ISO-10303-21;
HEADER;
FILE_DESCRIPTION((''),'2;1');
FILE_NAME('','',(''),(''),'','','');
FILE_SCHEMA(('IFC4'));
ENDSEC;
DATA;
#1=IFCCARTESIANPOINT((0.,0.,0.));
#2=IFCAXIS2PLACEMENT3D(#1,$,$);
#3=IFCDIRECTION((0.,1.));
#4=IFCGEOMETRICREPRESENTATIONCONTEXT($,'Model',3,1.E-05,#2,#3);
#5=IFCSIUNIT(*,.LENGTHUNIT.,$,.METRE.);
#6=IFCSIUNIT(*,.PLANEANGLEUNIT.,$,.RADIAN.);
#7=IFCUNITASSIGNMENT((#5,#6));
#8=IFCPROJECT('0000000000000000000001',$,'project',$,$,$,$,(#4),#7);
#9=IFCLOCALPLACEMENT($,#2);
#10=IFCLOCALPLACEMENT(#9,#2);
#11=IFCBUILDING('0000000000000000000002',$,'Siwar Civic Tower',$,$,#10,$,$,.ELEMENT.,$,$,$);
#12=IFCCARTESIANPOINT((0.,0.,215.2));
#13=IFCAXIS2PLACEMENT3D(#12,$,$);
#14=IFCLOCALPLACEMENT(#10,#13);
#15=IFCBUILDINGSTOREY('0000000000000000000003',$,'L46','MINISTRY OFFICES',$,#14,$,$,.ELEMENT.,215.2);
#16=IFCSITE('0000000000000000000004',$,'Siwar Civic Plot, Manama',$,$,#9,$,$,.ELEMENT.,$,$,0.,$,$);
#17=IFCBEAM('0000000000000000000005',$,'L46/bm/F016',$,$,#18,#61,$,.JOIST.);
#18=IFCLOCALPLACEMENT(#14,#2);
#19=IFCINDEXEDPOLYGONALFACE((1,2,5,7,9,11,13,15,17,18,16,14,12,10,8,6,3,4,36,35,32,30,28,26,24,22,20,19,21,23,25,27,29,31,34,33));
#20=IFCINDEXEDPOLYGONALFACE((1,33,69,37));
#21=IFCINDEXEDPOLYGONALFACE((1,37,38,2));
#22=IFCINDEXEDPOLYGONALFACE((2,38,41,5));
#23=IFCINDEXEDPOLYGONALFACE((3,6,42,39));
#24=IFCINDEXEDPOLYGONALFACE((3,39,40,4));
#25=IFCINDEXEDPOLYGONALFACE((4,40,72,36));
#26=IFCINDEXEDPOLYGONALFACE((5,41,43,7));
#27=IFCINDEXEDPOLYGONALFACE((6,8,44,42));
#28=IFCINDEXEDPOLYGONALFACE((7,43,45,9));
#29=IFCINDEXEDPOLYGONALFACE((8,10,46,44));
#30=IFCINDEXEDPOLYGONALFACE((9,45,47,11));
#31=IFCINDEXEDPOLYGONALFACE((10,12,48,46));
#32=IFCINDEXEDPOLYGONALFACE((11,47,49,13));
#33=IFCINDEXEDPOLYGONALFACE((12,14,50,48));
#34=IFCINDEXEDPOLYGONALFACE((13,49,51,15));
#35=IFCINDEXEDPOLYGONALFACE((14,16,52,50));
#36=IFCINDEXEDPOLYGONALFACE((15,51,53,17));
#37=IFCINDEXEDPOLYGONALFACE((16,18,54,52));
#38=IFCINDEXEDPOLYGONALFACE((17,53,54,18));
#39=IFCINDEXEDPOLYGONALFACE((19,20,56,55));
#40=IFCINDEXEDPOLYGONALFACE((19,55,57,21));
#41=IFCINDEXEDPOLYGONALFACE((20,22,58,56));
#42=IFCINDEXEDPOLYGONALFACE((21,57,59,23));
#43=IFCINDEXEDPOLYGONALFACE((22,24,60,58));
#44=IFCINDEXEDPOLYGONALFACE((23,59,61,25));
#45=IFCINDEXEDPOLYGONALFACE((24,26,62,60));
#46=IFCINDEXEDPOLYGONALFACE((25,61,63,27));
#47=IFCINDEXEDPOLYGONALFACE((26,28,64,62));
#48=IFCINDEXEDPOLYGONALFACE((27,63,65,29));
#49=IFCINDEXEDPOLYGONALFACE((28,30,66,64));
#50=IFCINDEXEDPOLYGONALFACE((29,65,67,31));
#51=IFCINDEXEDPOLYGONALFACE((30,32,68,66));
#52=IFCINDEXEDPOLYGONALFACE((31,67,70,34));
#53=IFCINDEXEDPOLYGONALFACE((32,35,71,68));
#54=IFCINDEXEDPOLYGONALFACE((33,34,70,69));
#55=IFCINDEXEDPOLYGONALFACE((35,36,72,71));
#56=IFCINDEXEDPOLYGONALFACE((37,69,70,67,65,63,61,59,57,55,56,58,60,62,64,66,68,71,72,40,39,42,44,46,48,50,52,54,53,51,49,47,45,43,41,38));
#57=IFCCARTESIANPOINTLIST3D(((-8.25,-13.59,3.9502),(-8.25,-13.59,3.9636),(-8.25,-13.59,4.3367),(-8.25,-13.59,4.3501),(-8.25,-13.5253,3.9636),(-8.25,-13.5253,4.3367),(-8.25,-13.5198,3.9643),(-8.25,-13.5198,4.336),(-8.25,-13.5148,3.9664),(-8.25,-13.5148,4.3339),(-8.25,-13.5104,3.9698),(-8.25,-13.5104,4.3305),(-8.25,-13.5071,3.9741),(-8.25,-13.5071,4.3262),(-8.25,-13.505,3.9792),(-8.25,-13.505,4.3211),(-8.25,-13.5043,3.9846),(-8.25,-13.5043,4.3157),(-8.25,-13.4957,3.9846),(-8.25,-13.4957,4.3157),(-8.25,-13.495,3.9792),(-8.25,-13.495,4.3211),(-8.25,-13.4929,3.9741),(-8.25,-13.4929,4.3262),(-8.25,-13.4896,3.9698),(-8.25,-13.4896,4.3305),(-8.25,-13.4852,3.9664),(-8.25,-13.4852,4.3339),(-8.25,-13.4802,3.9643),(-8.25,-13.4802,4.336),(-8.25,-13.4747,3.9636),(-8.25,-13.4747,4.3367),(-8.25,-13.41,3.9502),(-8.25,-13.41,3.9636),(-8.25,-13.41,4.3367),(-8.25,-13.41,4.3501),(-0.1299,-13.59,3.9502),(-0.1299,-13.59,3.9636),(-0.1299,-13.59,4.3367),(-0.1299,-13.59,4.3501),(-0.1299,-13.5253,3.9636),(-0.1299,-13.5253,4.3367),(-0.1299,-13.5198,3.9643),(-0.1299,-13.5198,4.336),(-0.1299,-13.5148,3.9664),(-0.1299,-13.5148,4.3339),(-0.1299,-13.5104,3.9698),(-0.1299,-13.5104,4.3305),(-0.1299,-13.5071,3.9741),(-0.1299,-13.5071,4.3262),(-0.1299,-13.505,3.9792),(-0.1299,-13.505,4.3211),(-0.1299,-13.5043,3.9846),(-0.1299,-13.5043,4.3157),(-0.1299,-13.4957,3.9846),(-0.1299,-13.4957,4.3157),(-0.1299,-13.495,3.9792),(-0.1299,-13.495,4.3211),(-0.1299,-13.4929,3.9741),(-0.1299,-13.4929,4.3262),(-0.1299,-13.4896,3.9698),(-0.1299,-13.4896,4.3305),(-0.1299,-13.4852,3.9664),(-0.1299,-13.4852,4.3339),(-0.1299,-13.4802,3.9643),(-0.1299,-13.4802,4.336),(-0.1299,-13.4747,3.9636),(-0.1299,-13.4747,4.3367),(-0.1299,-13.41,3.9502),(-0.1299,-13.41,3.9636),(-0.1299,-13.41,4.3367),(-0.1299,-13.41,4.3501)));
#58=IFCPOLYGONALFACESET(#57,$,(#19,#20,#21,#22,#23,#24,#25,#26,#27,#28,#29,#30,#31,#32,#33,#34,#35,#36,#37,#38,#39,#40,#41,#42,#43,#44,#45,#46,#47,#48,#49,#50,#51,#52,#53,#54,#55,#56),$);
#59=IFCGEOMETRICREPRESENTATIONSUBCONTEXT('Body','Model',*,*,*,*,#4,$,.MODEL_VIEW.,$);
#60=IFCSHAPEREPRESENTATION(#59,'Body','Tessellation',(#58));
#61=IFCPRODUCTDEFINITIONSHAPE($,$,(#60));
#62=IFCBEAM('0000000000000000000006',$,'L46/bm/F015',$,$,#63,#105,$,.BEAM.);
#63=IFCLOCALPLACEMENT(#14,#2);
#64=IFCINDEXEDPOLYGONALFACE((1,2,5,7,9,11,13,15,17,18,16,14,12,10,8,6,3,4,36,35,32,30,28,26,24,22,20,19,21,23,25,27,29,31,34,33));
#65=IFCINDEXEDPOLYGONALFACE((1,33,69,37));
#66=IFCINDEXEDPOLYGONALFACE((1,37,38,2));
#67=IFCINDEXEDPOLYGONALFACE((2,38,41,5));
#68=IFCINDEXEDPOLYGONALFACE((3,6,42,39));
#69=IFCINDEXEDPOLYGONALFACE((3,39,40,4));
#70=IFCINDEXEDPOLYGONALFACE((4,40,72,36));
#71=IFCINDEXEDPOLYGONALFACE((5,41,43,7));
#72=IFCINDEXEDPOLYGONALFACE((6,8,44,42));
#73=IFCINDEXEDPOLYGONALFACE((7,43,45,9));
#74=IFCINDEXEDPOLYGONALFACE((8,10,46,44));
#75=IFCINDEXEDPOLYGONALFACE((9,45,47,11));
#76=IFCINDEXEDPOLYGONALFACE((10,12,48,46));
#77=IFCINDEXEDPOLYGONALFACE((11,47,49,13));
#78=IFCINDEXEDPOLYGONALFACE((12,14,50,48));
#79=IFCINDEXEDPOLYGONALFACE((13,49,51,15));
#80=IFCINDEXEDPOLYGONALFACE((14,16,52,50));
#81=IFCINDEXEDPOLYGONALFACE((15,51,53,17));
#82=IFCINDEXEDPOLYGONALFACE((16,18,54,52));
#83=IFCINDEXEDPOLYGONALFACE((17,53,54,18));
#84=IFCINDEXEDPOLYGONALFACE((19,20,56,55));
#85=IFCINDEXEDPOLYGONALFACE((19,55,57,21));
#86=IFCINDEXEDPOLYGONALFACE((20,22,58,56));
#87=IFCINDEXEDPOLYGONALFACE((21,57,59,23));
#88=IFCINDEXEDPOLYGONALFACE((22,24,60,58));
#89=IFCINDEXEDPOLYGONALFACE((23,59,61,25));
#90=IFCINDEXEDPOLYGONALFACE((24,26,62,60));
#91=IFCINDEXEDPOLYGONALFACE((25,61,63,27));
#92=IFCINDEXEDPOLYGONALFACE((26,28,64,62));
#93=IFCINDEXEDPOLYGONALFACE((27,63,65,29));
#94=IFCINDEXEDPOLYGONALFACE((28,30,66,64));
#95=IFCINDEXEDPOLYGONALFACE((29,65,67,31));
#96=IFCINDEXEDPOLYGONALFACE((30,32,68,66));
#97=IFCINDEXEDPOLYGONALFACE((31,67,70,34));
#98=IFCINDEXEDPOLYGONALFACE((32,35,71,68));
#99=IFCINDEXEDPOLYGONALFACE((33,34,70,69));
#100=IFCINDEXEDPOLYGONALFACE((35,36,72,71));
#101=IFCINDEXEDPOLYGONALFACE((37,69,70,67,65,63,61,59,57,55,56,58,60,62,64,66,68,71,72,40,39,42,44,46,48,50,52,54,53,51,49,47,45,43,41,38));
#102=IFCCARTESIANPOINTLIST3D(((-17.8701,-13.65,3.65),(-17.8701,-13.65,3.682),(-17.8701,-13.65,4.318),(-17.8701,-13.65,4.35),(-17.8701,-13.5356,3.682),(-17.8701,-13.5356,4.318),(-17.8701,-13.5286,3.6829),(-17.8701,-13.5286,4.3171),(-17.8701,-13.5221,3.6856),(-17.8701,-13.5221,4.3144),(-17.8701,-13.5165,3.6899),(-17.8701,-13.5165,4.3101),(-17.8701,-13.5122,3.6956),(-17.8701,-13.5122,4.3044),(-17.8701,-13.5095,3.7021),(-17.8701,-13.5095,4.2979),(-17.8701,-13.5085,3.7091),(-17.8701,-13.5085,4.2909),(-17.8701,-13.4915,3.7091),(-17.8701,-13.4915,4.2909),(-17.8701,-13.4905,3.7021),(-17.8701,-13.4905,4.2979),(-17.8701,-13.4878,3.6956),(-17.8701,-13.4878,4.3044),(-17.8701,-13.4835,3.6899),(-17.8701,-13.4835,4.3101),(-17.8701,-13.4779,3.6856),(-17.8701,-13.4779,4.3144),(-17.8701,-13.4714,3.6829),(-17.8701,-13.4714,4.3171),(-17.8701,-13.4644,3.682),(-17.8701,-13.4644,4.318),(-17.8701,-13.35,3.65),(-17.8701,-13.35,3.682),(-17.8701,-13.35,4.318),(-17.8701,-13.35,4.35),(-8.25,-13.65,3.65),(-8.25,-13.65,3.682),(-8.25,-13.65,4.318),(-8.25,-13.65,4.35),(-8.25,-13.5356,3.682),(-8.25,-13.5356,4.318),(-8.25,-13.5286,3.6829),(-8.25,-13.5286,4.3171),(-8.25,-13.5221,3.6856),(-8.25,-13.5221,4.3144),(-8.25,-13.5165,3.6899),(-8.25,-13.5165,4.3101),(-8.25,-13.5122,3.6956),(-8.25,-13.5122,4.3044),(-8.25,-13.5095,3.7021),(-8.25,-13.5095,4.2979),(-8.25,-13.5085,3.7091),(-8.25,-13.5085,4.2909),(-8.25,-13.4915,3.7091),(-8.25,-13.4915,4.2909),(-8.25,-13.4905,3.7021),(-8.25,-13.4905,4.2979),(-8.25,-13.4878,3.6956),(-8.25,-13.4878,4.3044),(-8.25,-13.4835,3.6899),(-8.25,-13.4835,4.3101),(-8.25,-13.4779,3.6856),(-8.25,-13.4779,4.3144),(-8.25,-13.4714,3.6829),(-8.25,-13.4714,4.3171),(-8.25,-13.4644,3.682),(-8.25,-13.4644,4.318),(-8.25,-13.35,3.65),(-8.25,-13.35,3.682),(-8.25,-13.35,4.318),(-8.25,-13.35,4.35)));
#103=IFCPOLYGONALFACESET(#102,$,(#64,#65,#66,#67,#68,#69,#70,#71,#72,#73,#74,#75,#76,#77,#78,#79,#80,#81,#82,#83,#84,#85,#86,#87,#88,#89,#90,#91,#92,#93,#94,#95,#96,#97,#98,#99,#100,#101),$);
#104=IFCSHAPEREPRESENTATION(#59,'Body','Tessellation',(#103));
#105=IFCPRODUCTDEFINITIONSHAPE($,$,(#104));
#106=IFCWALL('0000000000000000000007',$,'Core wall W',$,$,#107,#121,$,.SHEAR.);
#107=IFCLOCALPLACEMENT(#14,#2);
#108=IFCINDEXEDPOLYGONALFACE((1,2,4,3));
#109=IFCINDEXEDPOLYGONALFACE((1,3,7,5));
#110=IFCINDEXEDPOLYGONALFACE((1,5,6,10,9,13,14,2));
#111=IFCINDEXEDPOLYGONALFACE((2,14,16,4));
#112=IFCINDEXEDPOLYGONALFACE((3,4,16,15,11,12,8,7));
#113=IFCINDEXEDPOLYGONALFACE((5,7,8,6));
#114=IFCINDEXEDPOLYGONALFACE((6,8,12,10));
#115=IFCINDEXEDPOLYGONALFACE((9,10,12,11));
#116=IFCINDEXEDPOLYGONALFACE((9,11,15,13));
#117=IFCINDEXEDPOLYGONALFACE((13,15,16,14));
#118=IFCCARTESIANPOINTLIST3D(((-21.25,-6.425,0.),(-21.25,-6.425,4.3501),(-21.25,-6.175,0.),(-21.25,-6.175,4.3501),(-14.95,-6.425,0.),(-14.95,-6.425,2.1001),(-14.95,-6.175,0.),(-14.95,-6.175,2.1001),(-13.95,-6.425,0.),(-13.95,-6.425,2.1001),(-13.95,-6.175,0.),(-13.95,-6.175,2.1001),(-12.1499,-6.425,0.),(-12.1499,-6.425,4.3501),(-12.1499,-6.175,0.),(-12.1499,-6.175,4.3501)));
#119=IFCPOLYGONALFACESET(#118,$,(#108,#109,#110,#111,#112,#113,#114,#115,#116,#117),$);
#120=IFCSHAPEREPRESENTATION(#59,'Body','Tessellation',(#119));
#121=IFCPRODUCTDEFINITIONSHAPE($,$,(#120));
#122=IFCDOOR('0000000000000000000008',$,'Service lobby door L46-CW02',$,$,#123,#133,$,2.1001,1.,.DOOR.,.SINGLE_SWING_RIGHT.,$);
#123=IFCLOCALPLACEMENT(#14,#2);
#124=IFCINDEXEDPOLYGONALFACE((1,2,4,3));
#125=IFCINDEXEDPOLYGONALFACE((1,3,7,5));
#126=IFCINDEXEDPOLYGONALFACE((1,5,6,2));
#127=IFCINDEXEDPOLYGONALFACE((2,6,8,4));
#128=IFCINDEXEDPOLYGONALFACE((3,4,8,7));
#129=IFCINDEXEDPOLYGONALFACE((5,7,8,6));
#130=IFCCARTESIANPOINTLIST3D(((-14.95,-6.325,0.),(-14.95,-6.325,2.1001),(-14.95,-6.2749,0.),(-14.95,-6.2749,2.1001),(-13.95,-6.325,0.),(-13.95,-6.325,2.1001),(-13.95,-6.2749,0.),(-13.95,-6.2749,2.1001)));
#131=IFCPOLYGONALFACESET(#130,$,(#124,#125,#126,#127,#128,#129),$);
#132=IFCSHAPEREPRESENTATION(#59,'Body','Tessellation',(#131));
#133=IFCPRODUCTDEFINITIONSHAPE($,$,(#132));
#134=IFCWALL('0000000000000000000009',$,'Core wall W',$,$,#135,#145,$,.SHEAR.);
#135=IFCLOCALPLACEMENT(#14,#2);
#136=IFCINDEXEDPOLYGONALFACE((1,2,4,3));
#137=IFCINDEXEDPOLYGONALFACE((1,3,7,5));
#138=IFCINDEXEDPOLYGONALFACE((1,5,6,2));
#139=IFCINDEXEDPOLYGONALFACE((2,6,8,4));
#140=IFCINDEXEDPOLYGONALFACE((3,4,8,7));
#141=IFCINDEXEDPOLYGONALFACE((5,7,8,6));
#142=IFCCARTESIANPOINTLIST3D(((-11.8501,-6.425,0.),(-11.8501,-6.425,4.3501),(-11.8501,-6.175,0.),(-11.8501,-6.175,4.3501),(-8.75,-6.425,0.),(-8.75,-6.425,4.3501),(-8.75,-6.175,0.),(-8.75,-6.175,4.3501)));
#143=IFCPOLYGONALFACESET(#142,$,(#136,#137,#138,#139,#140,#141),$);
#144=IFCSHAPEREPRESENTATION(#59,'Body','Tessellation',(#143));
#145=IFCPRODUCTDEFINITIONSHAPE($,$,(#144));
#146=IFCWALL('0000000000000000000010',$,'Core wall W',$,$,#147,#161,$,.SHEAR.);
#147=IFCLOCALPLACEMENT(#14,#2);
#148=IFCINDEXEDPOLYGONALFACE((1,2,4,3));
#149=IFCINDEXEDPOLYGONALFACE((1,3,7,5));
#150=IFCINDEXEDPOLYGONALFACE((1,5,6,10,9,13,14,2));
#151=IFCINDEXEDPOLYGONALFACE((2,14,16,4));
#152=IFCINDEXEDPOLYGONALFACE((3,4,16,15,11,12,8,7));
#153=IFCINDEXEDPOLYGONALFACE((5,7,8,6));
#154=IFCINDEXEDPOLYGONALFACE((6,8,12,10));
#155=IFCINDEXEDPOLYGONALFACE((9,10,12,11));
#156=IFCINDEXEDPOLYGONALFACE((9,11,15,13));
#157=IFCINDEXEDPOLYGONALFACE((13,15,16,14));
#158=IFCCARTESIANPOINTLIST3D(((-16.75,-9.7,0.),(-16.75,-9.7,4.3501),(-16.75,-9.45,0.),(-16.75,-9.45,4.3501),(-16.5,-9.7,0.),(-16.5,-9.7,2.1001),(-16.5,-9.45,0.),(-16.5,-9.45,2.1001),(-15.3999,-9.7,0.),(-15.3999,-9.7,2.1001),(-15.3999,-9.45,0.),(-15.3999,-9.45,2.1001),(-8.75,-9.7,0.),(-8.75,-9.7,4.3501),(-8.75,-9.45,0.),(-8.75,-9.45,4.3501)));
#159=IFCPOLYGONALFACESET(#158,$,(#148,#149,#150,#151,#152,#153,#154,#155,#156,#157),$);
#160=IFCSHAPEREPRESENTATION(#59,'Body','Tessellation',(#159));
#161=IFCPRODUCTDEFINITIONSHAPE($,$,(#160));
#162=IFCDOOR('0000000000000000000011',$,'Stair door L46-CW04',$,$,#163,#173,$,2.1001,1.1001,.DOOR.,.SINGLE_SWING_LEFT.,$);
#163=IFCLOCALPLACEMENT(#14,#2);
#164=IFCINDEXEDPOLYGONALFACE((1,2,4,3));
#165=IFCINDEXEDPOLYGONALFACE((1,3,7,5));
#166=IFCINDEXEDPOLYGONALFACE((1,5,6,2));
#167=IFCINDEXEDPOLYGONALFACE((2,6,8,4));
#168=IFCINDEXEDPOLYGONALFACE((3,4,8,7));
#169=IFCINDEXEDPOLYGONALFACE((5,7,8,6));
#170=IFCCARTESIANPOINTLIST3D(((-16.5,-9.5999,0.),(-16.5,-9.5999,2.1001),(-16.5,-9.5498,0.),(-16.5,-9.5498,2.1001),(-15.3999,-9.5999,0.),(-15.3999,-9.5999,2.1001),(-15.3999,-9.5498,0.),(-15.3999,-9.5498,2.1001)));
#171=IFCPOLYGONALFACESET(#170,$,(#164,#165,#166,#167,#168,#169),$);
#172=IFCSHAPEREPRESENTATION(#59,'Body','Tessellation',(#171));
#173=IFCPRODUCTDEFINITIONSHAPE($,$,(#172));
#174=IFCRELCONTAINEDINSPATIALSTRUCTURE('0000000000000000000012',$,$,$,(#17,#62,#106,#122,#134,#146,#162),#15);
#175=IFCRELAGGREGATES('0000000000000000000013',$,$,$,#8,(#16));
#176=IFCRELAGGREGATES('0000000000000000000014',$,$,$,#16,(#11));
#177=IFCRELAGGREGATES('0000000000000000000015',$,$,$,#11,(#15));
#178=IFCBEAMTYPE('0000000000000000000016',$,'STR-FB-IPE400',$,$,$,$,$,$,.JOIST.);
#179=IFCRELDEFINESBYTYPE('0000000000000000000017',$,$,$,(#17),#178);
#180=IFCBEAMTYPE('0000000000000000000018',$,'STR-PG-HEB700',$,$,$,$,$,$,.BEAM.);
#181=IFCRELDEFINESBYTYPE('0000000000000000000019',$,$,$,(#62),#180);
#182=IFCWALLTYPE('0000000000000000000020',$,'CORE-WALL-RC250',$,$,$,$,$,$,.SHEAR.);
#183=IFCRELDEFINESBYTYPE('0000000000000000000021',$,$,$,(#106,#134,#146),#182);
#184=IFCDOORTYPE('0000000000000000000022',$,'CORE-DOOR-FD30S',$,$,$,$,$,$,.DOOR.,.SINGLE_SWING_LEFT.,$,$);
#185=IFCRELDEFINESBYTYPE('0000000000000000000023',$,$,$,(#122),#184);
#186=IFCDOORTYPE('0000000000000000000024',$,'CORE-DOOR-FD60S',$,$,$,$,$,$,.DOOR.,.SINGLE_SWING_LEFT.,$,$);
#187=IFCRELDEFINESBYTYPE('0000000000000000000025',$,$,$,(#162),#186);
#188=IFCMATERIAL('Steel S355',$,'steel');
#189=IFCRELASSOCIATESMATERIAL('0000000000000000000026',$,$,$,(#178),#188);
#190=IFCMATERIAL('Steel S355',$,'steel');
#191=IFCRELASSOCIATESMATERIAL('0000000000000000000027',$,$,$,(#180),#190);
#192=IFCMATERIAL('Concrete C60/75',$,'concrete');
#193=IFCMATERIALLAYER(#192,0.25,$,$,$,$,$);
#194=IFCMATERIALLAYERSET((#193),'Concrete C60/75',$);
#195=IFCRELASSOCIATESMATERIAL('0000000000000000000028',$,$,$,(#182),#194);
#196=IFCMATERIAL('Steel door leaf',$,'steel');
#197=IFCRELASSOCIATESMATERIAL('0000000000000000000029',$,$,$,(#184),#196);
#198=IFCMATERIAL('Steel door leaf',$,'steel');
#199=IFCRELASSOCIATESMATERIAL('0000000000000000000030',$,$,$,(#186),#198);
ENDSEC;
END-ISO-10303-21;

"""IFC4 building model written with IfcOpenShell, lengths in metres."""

from ifc_helpers import new_model, si_unit, direction, frame, frame_2d, origin, origin_2d, place, context, subcontext, project, spatial, rectangle, i_section, extrude, material, layer, layer_set, material_profile, profile_set, type_object, element, fill, save


model = new_model("IFC4")

# Units and contexts
model_context = context("Model", 3, precision=1e-05, world=origin(), true_north=direction((0.0, 1.0)))
body_context = subcontext(model_context, "Body", "Model", "MODEL_VIEW")
ifc_project = project(units=[si_unit("LENGTHUNIT", "METRE"), si_unit("PLANEANGLEUNIT", "RADIAN")], contexts=[model_context])

# Site, building, storey
site_placement = place(None, origin())
site = spatial("IfcSite", under=ifc_project, at=site_placement, Name="Siwar Civic Plot, Manama", CompositionType="ELEMENT", RefElevation=0.0)
building_placement = place(site_placement, origin())
building = spatial("IfcBuilding", under=site, at=building_placement, Name="Siwar Civic Tower", CompositionType="ELEMENT")
storey_placement = place(building_placement, frame((0.0, 0.0, 215.2)))
storey = spatial("IfcBuildingStorey", under=building, at=storey_placement, Name="L46", Description="MINISTRY OFFICES", CompositionType="ELEMENT", Elevation=215.2)

# Beams
ifc_material_1 = material(Name="Steel S355", Category="steel")
ifc_material_profile_1 = material_profile(ifc_material_1, i_section(OverallWidth=0.1799, OverallDepth=0.3999, WebThickness=0.0085, FlangeThickness=0.0134, FilletRadius=0.021, at=origin_2d()), Name="IPE400")
ifc_profile_set_1 = profile_set([ifc_material_profile_1], Name="Steel S355")
beam_type_1 = type_object("IfcBeamType", Name="STR-FB-IPE400", PredefinedType="JOIST", material=ifc_profile_set_1)
beam_1_placement = place(storey_placement, frame((-8.25, -13.5, 4.1501), z_axis=(1.0, 0.0, 0.0), x_axis=(0.0, 1.0, 0.0)))
element("IfcBeam", 1, at=beam_1_placement, inside=storey, type_object=beam_type_1, Name="L46/bm/F016", PredefinedType="JOIST", context=body_context, shape_type="SweptSolid", body=[
    extrude(i_section(OverallWidth=0.1799, OverallDepth=0.3999, WebThickness=0.0085, FlangeThickness=0.0134, FilletRadius=0.021, at=origin_2d()), origin(), (0.0, 0.0, 1.0), 8.1201),
])
ifc_material_2 = material(Name="Steel S355", Category="steel")
ifc_material_profile_2 = material_profile(ifc_material_2, i_section(OverallWidth=0.3, OverallDepth=0.7, WebThickness=0.0171, FlangeThickness=0.032, FilletRadius=0.0271, at=origin_2d()), Name="HEB700")
ifc_profile_set_2 = profile_set([ifc_material_profile_2], Name="Steel S355")
beam_type_2 = type_object("IfcBeamType", Name="STR-PG-HEB700", PredefinedType="BEAM", material=ifc_profile_set_2)
beam_2_placement = place(storey_placement, frame((-17.8701, -13.5, 4.0), z_axis=(1.0, 0.0, 0.0), x_axis=(0.0, 1.0, 0.0)))
element("IfcBeam", 2, at=beam_2_placement, inside=storey, type_object=beam_type_2, Name="L46/bm/F015", PredefinedType="BEAM", context=body_context, shape_type="SweptSolid", body=[
    extrude(i_section(OverallWidth=0.3, OverallDepth=0.7, WebThickness=0.0171, FlangeThickness=0.032, FilletRadius=0.0271, at=origin_2d()), origin(), (0.0, 0.0, 1.0), 9.6201),
])

# Wall, opening, door
ifc_material_3 = material(Name="Concrete C60/75", Category="concrete")
ifc_layer_1 = layer(ifc_material_3, 0.25)
ifc_layer_set_1 = layer_set([ifc_layer_1], Name="Concrete C60/75")
wall_type_1 = type_object("IfcWallType", Name="CORE-WALL-RC250", PredefinedType="SHEAR", material=ifc_layer_set_1)
wall_1_placement = place(storey_placement, frame((-12.1499, -6.3, 0.0), z_axis=(0.0, 0.0, 1.0), x_axis=(-1.0, 0.0, 0.0)))
wall_1 = element("IfcWall", 3, at=wall_1_placement, inside=storey, type_object=wall_type_1, Name="Core wall W", PredefinedType="SHEAR", context=body_context, shape_type="SweptSolid", body=[
    extrude(rectangle(XDim=9.1001, YDim=0.25, at=frame_2d((4.55, 0.0))), origin(), (0.0, 0.0, 1.0), 4.3501),
])
opening_1_placement = place(wall_1_placement, frame((1.8, 0.0, 0.0)))
opening_1 = element("IfcOpeningElement", 4, at=opening_1_placement, cuts=wall_1, PredefinedType="OPENING", context=body_context, shape_type="SweptSolid", body=[
    extrude(rectangle(XDim=1.0, YDim=2.1001, at=frame_2d((0.5, 1.05))), frame((0.0, 0.135, 0.0), z_axis=(0.0, -1.0, 0.0), x_axis=(1.0, 0.0, 0.0)), (0.0, 0.0, 1.0), 0.27),
])
ifc_material_4 = material(Name="Steel door leaf", Category="steel")
door_type_1 = type_object("IfcDoorType", Name="CORE-DOOR-FD30S", OperationType="SINGLE_SWING_LEFT", PredefinedType="DOOR", material=ifc_material_4)
door_1_placement = place(opening_1_placement, origin())
door_1 = element("IfcDoor", 5, at=door_1_placement, inside=storey, type_object=door_type_1, Name="Service lobby door L46-CW02", OperationType="SINGLE_SWING_RIGHT", OverallHeight=2.1001, OverallWidth=1.0, PredefinedType="DOOR", context=body_context, shape_type="SweptSolid", body=[
    extrude(rectangle(XDim=1.0, YDim=2.1001, at=frame_2d((0.5, 1.05))), frame((0.0, 0.0249, 0.0), z_axis=(0.0, -1.0, 0.0), x_axis=(1.0, 0.0, 0.0)), (0.0, 0.0, 1.0), 0.05),
])
fill(opening_1, door_1)

# Wall
wall_2_placement = place(storey_placement, frame((-8.75, -6.3, 0.0), z_axis=(0.0, 0.0, 1.0), x_axis=(-1.0, 0.0, 0.0)))
element("IfcWall", 6, at=wall_2_placement, inside=storey, type_object=wall_type_1, Name="Core wall W", PredefinedType="SHEAR", context=body_context, shape_type="SweptSolid", body=[
    extrude(rectangle(XDim=3.1001, YDim=0.25, at=frame_2d((1.55, 0.0))), origin(), (0.0, 0.0, 1.0), 4.3501),
])

# Wall, opening, door
wall_3_placement = place(storey_placement, frame((-8.75, -9.575, 0.0), z_axis=(0.0, 0.0, 1.0), x_axis=(-1.0, 0.0, 0.0)))
wall_3 = element("IfcWall", 7, at=wall_3_placement, inside=storey, type_object=wall_type_1, Name="Core wall W", PredefinedType="SHEAR", context=body_context, shape_type="SweptSolid", body=[
    extrude(rectangle(XDim=8.0, YDim=0.25, at=frame_2d((4.0, 0.0))), origin(), (0.0, 0.0, 1.0), 4.3501),
])
opening_2_placement = place(wall_3_placement, frame((6.6499, 0.0, 0.0)))
opening_2 = element("IfcOpeningElement", 8, at=opening_2_placement, cuts=wall_3, PredefinedType="OPENING", context=body_context, shape_type="SweptSolid", body=[
    extrude(rectangle(XDim=1.1001, YDim=2.1001, at=frame_2d((0.55, 1.05))), frame((0.0, 0.135, 0.0), z_axis=(0.0, -1.0, 0.0), x_axis=(1.0, 0.0, 0.0)), (0.0, 0.0, 1.0), 0.27),
])
ifc_material_5 = material(Name="Steel door leaf", Category="steel")
door_type_2 = type_object("IfcDoorType", Name="CORE-DOOR-FD60S", OperationType="SINGLE_SWING_LEFT", PredefinedType="DOOR", material=ifc_material_5)
door_2_placement = place(opening_2_placement, origin())
door_2 = element("IfcDoor", 9, at=door_2_placement, inside=storey, type_object=door_type_2, Name="Stair door L46-CW04", OperationType="SINGLE_SWING_LEFT", OverallHeight=2.1001, OverallWidth=1.1001, PredefinedType="DOOR", context=body_context, shape_type="SweptSolid", body=[
    extrude(rectangle(XDim=1.1001, YDim=2.1001, at=frame_2d((0.55, 1.05))), frame((0.0, 0.0249, 0.0), z_axis=(0.0, -1.0, 0.0), x_axis=(1.0, 0.0, 0.0)), (0.0, 0.0, 1.0), 0.05),
])
fill(opening_2, door_2)

save(model, "model.ifc")
